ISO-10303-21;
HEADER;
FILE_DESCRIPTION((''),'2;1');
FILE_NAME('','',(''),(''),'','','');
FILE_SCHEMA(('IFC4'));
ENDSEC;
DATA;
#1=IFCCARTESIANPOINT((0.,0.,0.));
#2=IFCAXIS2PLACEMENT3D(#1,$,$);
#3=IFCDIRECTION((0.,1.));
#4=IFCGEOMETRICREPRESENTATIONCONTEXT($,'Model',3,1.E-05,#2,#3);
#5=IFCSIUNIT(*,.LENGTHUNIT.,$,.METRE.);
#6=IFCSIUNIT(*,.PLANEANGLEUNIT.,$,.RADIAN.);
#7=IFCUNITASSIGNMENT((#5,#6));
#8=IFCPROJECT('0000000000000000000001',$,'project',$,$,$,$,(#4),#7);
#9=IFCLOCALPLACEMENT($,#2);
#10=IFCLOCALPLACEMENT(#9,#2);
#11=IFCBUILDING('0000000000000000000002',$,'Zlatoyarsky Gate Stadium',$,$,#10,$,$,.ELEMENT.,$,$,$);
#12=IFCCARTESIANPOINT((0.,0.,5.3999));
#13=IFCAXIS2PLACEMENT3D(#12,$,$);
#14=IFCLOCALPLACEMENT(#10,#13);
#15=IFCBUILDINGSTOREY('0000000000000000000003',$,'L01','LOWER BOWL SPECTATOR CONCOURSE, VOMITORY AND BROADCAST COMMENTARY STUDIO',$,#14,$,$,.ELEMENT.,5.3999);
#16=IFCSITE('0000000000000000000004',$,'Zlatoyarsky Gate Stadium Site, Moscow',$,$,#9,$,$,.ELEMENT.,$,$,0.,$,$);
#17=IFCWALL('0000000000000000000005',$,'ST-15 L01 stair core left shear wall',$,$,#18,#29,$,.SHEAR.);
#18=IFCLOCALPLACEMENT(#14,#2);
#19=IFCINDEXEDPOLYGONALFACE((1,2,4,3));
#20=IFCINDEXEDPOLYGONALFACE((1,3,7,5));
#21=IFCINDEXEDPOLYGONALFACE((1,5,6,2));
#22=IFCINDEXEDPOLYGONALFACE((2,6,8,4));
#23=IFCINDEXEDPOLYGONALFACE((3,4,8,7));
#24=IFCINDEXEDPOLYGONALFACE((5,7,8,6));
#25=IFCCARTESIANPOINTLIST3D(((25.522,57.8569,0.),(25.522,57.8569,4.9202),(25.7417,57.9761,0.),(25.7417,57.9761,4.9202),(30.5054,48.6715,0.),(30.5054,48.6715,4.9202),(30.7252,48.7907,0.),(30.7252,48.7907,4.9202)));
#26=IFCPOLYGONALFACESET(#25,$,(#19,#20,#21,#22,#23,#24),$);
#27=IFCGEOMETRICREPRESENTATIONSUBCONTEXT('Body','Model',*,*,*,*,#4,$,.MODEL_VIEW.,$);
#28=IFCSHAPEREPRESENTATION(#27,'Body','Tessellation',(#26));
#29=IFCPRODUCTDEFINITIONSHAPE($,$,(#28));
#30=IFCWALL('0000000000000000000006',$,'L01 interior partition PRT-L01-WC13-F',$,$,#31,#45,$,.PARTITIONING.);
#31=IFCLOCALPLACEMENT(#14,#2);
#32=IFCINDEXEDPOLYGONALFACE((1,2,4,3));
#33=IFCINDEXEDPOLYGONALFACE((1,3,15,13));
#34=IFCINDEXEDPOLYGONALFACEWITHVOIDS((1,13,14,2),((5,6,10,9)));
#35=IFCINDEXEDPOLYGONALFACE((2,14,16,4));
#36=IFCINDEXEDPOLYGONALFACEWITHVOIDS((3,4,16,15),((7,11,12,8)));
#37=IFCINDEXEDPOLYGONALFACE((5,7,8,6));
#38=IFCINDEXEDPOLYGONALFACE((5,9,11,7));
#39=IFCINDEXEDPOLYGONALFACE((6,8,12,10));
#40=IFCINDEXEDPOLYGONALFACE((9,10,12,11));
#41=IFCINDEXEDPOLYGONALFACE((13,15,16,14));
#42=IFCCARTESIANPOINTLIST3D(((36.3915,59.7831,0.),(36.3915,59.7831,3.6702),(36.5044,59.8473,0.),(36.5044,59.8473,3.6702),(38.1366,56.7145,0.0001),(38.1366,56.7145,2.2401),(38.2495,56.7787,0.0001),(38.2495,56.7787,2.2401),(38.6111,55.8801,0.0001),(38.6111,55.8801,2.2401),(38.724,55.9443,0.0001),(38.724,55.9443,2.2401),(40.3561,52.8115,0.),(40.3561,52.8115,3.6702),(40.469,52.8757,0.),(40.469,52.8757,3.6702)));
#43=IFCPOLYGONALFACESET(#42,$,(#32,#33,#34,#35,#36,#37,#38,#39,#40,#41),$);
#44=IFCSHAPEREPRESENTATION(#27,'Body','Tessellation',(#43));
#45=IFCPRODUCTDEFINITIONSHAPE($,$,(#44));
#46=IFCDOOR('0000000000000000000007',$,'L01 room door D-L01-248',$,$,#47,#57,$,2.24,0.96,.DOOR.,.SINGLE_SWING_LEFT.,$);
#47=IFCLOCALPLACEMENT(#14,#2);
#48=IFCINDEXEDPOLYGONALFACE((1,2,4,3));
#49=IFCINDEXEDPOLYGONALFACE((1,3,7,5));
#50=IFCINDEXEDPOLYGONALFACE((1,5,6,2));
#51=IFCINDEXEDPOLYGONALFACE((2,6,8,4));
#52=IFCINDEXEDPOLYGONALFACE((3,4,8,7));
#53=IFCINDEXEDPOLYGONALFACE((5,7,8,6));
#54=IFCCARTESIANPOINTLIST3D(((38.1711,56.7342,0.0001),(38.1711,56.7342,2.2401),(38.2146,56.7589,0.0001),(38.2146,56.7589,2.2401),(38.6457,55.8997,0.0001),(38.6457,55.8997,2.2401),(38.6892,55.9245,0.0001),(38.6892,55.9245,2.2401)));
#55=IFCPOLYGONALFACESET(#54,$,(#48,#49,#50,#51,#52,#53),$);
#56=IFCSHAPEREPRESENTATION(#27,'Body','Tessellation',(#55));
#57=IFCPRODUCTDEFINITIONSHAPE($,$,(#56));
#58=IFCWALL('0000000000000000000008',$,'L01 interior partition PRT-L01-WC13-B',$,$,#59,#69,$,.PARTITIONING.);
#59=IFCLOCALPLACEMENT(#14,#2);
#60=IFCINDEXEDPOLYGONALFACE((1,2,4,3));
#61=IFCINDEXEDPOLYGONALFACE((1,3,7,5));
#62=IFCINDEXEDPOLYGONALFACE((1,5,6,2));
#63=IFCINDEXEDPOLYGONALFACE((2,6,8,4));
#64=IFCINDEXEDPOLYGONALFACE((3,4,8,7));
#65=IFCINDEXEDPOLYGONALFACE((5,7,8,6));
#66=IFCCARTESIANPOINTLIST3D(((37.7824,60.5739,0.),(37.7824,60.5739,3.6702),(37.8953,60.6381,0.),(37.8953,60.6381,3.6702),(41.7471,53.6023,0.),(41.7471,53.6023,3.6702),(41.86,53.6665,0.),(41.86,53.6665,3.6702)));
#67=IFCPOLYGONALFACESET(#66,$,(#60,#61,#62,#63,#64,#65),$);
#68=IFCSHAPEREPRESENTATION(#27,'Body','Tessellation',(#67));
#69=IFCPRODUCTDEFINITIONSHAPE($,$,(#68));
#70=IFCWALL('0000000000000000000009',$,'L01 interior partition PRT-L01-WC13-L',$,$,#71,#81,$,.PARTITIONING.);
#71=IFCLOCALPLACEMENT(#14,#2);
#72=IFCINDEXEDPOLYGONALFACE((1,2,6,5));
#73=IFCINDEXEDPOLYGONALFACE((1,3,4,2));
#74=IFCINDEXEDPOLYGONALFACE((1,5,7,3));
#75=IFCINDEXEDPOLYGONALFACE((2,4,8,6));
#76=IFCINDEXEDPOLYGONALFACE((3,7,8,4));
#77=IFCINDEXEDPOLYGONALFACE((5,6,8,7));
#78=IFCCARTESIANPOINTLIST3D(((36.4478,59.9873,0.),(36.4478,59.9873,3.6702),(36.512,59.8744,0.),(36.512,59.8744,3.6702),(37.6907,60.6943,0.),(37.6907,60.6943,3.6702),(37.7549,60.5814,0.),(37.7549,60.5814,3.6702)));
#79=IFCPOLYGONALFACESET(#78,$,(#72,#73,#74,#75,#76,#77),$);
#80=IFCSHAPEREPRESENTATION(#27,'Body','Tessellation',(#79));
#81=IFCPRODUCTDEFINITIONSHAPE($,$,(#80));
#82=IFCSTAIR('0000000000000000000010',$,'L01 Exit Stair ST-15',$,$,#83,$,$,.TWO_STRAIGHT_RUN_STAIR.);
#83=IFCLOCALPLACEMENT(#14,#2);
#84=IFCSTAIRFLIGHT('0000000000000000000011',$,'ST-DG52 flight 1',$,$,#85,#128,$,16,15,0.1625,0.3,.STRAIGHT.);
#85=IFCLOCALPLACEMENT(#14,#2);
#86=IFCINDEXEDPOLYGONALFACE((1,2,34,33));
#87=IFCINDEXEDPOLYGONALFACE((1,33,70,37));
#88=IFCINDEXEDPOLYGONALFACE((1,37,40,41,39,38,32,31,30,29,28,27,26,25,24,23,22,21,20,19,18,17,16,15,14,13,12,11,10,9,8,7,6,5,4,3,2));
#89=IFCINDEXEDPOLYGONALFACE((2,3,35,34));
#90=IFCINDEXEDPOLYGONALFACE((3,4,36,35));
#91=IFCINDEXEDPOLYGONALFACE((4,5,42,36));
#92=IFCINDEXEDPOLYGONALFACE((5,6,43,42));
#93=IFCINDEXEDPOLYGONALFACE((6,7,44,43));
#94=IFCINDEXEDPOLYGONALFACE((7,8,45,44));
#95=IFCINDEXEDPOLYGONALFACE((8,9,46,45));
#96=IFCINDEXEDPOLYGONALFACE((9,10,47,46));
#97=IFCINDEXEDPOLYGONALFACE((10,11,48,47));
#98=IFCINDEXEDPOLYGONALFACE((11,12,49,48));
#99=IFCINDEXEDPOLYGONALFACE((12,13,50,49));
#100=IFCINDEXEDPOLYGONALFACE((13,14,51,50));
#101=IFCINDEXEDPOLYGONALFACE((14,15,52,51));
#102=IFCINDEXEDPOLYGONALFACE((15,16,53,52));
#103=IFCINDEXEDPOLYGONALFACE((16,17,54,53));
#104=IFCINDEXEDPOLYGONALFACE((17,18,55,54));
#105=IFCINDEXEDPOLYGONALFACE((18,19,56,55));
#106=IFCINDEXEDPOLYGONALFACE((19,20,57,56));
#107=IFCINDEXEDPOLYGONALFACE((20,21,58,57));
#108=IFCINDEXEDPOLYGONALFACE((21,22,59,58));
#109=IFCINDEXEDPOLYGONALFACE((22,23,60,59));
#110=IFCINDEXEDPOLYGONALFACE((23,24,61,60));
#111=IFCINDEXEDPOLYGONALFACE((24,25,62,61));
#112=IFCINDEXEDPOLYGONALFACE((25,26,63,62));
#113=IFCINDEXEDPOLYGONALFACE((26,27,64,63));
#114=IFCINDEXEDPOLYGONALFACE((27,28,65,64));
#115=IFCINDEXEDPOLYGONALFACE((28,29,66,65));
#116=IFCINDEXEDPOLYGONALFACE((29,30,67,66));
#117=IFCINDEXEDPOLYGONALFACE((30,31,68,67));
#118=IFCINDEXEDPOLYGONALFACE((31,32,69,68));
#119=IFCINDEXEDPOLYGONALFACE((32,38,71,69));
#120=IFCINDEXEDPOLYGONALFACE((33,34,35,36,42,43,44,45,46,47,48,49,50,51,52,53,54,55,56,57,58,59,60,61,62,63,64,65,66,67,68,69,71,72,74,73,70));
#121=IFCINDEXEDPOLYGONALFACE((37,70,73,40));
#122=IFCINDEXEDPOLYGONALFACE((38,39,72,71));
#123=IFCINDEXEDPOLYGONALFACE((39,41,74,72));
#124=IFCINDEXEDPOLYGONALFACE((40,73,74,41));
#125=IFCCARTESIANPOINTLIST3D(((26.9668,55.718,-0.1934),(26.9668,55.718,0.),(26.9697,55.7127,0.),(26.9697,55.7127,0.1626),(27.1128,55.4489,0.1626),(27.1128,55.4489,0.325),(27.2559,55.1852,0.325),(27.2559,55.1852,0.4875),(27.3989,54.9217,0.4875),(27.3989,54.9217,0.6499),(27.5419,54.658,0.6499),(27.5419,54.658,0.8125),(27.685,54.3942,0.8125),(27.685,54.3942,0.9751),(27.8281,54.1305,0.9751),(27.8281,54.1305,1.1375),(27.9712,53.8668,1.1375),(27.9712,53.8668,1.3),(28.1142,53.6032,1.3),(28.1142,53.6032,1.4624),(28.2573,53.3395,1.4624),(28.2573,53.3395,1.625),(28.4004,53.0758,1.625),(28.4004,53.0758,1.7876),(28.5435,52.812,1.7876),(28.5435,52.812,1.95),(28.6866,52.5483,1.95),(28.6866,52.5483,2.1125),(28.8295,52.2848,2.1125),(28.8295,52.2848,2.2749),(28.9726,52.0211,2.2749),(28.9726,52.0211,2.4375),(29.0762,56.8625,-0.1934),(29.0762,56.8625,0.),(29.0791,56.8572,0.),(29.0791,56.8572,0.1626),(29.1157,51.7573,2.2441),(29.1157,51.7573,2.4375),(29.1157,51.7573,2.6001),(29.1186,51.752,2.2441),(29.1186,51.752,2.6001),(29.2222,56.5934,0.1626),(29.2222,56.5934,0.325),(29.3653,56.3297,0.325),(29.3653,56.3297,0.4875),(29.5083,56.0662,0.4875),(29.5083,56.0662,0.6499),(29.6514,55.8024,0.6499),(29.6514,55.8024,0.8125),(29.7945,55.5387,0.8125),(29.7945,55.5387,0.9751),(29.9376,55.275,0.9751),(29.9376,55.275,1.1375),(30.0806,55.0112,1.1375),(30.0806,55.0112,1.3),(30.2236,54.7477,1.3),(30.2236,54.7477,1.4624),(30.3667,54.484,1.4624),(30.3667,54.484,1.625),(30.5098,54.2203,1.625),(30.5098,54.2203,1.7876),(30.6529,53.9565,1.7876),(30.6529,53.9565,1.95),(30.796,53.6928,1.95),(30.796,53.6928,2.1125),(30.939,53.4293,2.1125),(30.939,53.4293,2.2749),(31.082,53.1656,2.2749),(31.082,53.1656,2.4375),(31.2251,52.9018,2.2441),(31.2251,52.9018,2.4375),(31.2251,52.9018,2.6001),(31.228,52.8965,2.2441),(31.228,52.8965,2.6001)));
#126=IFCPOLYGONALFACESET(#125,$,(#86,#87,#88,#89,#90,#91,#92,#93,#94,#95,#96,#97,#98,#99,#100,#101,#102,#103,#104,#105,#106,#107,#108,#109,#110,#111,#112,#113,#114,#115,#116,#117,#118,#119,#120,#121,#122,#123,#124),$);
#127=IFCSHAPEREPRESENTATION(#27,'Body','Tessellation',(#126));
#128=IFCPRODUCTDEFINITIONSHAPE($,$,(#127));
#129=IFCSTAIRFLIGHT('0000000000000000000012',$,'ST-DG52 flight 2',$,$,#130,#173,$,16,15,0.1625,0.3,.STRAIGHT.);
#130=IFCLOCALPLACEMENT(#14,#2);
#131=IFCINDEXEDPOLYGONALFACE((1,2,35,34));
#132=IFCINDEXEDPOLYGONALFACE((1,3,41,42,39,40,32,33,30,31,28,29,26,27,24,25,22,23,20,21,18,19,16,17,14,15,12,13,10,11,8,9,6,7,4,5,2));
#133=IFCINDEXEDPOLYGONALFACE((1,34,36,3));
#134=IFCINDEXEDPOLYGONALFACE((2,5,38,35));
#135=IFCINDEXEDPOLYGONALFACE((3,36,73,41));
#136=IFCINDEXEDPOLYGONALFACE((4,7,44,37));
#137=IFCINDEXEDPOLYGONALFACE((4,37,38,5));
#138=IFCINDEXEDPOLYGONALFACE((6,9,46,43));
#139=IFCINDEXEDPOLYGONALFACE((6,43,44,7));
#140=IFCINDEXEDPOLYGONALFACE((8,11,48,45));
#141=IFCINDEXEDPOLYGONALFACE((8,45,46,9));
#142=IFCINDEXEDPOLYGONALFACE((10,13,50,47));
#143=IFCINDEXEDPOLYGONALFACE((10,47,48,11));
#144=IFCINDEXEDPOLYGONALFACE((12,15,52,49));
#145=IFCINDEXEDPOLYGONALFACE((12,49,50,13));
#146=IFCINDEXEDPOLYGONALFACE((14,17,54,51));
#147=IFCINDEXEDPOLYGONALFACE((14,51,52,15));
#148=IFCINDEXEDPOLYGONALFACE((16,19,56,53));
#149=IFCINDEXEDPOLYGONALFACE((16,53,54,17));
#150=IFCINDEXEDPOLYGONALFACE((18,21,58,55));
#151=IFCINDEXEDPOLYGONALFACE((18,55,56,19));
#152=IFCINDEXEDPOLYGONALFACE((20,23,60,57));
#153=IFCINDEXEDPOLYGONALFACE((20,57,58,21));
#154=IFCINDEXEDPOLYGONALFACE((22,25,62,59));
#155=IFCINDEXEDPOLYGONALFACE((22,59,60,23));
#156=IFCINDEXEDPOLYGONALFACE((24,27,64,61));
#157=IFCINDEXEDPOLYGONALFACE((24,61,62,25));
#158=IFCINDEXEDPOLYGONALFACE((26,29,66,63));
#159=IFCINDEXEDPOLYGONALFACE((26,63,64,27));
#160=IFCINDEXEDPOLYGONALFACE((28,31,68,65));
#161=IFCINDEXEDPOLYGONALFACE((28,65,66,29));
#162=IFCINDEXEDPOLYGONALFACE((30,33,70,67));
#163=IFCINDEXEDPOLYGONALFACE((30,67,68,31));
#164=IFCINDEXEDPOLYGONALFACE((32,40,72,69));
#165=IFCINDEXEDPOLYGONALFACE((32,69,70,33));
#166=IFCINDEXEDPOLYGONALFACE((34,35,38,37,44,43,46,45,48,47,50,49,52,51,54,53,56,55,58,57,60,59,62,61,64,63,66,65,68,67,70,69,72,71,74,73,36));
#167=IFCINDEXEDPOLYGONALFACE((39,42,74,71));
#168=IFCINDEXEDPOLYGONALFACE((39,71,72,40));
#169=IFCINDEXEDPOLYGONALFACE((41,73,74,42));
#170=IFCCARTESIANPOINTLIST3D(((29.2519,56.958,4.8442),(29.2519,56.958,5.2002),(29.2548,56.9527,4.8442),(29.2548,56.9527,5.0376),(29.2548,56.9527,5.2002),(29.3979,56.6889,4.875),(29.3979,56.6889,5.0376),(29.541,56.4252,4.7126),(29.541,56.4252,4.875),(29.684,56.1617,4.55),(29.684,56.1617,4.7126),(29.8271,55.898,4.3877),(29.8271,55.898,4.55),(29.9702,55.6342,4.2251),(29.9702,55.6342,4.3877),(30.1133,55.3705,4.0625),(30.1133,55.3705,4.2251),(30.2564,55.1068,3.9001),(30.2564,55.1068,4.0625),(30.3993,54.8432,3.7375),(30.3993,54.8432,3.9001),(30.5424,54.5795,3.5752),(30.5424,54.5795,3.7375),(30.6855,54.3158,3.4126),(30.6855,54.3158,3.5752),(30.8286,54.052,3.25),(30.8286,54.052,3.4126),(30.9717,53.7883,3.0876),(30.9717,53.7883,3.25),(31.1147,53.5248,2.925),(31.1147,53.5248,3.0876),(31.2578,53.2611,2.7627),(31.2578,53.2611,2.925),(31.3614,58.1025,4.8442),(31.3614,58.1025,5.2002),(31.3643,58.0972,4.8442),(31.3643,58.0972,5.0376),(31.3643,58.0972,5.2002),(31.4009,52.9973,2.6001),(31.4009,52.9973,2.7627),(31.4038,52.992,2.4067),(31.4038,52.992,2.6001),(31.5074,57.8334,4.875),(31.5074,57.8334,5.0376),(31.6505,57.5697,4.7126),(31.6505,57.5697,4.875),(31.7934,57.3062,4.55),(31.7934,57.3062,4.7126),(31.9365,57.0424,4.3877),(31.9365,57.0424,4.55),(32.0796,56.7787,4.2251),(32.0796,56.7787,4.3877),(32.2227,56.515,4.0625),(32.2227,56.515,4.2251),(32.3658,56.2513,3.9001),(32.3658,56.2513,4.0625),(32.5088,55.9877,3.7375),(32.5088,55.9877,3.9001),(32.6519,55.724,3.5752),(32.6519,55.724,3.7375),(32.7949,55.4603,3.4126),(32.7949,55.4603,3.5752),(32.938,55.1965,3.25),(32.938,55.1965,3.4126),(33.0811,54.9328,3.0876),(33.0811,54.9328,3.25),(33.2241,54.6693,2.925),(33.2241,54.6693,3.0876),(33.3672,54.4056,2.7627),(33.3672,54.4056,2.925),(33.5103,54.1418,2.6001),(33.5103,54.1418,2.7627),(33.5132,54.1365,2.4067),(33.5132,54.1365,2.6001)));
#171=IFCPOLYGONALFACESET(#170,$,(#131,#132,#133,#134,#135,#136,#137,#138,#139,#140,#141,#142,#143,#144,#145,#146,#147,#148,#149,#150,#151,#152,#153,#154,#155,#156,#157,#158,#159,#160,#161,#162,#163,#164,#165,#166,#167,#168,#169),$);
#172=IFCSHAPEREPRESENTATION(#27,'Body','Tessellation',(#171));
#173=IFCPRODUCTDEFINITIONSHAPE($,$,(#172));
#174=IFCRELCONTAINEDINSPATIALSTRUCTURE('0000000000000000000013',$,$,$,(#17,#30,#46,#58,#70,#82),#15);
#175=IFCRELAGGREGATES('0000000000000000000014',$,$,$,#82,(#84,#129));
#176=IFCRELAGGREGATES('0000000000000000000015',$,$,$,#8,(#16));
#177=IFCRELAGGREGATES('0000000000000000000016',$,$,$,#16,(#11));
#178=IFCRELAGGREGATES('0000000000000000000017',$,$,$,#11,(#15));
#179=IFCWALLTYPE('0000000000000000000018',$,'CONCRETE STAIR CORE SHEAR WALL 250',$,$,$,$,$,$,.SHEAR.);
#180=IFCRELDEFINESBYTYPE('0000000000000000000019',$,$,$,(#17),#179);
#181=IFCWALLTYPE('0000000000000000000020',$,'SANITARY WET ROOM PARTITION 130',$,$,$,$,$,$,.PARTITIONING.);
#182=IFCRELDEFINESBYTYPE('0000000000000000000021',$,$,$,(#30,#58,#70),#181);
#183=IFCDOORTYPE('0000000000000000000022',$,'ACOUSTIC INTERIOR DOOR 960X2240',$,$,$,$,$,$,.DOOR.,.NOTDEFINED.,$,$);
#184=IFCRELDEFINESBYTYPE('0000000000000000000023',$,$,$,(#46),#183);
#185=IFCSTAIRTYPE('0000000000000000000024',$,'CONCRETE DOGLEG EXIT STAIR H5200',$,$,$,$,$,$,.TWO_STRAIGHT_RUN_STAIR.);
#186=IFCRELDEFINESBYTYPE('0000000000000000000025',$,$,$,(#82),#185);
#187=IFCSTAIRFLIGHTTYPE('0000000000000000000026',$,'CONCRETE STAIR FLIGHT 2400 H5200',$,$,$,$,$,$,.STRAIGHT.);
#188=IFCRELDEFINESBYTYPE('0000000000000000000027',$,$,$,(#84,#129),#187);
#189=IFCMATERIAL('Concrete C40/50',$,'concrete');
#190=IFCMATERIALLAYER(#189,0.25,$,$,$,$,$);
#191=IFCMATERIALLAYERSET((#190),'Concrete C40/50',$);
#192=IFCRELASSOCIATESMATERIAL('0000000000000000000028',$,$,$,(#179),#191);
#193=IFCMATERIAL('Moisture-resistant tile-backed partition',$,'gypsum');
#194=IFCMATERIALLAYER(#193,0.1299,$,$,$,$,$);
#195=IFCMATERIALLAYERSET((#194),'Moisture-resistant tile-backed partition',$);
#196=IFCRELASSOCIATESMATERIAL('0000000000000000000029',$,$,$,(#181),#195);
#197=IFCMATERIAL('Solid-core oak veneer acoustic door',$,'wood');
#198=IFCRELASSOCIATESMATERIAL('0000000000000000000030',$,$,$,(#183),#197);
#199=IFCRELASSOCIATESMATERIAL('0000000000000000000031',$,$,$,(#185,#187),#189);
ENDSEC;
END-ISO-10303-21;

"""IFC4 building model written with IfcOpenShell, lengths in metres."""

from ifc_helpers import new_model, si_unit, direction, frame, frame_2d, origin, place, context, subcontext, project, spatial, polyline, rectangle, outline, extrude, material, layer, layer_set, type_object, element, fill, aggregate, save


model = new_model("IFC4")

# Units and contexts
model_context = context("Model", 3, precision=1e-05, world=origin(), true_north=direction((0.0, 1.0)))
body_context = subcontext(model_context, "Body", "Model", "MODEL_VIEW")
ifc_project = project(units=[si_unit("LENGTHUNIT", "METRE"), si_unit("PLANEANGLEUNIT", "RADIAN")], contexts=[model_context])

# Site, building, storey
site_placement = place(None, origin())
site = spatial("IfcSite", under=ifc_project, at=site_placement, Name="Zlatoyarsky Gate Stadium Site, Moscow", CompositionType="ELEMENT", RefElevation=0.0)
building_placement = place(site_placement, origin())
building = spatial("IfcBuilding", under=site, at=building_placement, Name="Zlatoyarsky Gate Stadium", CompositionType="ELEMENT")
storey_placement = place(building_placement, frame((0.0, 0.0, 5.3999)))
storey = spatial("IfcBuildingStorey", under=building, at=storey_placement, Name="L01", Description="LOWER BOWL SPECTATOR CONCOURSE, VOMITORY AND BROADCAST COMMENTARY STUDIO", CompositionType="ELEMENT", Elevation=5.3999)

# Shared definitions
ifc_material_1 = material(Name="Concrete C40/50", Category="concrete")

# Shared definitions
ifc_layer_1 = layer(ifc_material_1, 0.25)
ifc_layer_set_1 = layer_set([ifc_layer_1], Name="Concrete C40/50")
wall_type_1 = type_object("IfcWallType", Name="CONCRETE STAIR CORE SHEAR WALL 250", PredefinedType="SHEAR", material=ifc_layer_set_1)

# Wall
wall_1_placement = place(storey_placement, frame((25.6318, 57.9165, 0.0), z_axis=(0.0, 0.0, 1.0), x_axis=(0.476877, -0.87897, 0.0)))
element("IfcWall", 1, at=wall_1_placement, inside=storey, type_object=wall_type_1, Name="ST-15 L01 stair core left shear wall", PredefinedType="SHEAR", context=body_context, shape_type="SweptSolid", body=[
    extrude(rectangle(XDim=10.4502, YDim=0.25, at=frame_2d((5.2251, 0.0))), origin(), (0.0, 0.0, 1.0), 4.9202),
])

# Wall, opening, door
ifc_material_2 = material(Name="Moisture-resistant tile-backed partition", Category="gypsum")
ifc_layer_2 = layer(ifc_material_2, 0.1299)
ifc_layer_set_2 = layer_set([ifc_layer_2], Name="Moisture-resistant tile-backed partition")
wall_type_2 = type_object("IfcWallType", Name="SANITARY WET ROOM PARTITION 130", PredefinedType="PARTITIONING", material=ifc_layer_set_2)
wall_2_placement = place(storey_placement, frame((36.448, 59.8152, 0.0), z_axis=(0.0, 0.0, 1.0), x_axis=(0.494332, -0.869273, 0.0)))
wall_2 = element("IfcWall", 2, at=wall_2_placement, inside=storey, type_object=wall_type_2, Name="L01 interior partition PRT-L01-WC13-F", PredefinedType="PARTITIONING", context=body_context, shape_type="SweptSolid", body=[
    extrude(rectangle(XDim=8.02, YDim=0.1299, at=frame_2d((4.01, 0.0))), origin(), (0.0, 0.0, 1.0), 3.6702),
])
opening_1_placement = place(wall_2_placement, frame((3.53, 0.0, 0.0)))
opening_1 = element("IfcOpeningElement", 3, at=opening_1_placement, cuts=wall_2, PredefinedType="OPENING", context=body_context, shape_type="SweptSolid", body=[
    extrude(rectangle(XDim=0.96, YDim=2.24, at=frame_2d((0.48, 1.1201))), frame((0.0, 0.075, 0.0), z_axis=(0.0, -1.0, 0.0), x_axis=(1.0, 0.0, 0.0)), (0.0, 0.0, 1.0), 0.1499),
])
ifc_material_3 = material(Name="Solid-core oak veneer acoustic door", Category="wood")
door_type_1 = type_object("IfcDoorType", Name="ACOUSTIC INTERIOR DOOR 960X2240", OperationType="NOTDEFINED", PredefinedType="DOOR", material=ifc_material_3)
door_1_placement = place(opening_1_placement, origin())
door_1 = element("IfcDoor", 4, at=door_1_placement, inside=storey, type_object=door_type_1, Name="L01 room door D-L01-248", OperationType="SINGLE_SWING_LEFT", OverallHeight=2.24, OverallWidth=0.96, PredefinedType="DOOR", context=body_context, shape_type="SweptSolid", body=[
    extrude(rectangle(XDim=0.96, YDim=2.24, at=frame_2d((0.48, 1.1201))), frame((0.0, 0.0249, 0.0), z_axis=(0.0, -1.0, 0.0), x_axis=(1.0, 0.0, 0.0)), (0.0, 0.0, 1.0), 0.05),
])
fill(opening_1, door_1)

# Walls
wall_3_placement = place(storey_placement, frame((37.8389, 60.606, 0.0), z_axis=(0.0, 0.0, 1.0), x_axis=(0.494345, -0.869266, 0.0)))
element("IfcWall", 5, at=wall_3_placement, inside=storey, type_object=wall_type_2, Name="L01 interior partition PRT-L01-WC13-B", PredefinedType="PARTITIONING", context=body_context, shape_type="SweptSolid", body=[
    extrude(rectangle(XDim=8.02, YDim=0.1299, at=frame_2d((4.01, 0.0))), origin(), (0.0, 0.0, 1.0), 3.6702),
])
wall_4_placement = place(storey_placement, frame((36.48, 59.9309, 0.0), z_axis=(0.0, 0.0, 1.0), x_axis=(0.869208, 0.494446, 0.0)))
element("IfcWall", 6, at=wall_4_placement, inside=storey, type_object=wall_type_2, Name="L01 interior partition PRT-L01-WC13-L", PredefinedType="PARTITIONING", context=body_context, shape_type="SweptSolid", body=[
    extrude(rectangle(XDim=1.4299, YDim=0.1299, at=frame_2d((0.7148, 0.0))), origin(), (0.0, 0.0, 1.0), 3.6702),
])

# Stair, stair flights
stair_type = type_object("IfcStairType", Name="CONCRETE DOGLEG EXIT STAIR H5200", PredefinedType="TWO_STRAIGHT_RUN_STAIR", material=ifc_material_1)
stair_placement = place(storey_placement, origin())
stair = element("IfcStair", 7, at=stair_placement, inside=storey, type_object=stair_type, Name="L01 Exit Stair ST-15", PredefinedType="TWO_STRAIGHT_RUN_STAIR")
stair_flight_type = type_object("IfcStairFlightType", Name="CONCRETE STAIR FLIGHT 2400 H5200", PredefinedType="STRAIGHT", material=ifc_material_1)
stair_flight_1_placement = place(storey_placement, frame((28.0244, 56.2849, 0.0), z_axis=(0.0, 0.0, 1.0), x_axis=(0.47689, -0.878963, 0.0)))
stair_flight_1 = element("IfcStairFlight", 8, at=stair_flight_1_placement, type_object=stair_flight_type, Name="ST-DG52 flight 1", NumberOfRisers=16, NumberOfTreads=15, PredefinedType="STRAIGHT", RiserHeight=0.1625, TreadLength=0.3, context=body_context, shape_type="SweptSolid", body=[
    extrude(outline(polyline([(-0.0061, -0.1934), (-0.0061, 0.0), (0.0, 0.0), (0.0, 0.1626), (0.3, 0.1626), (0.3, 0.325), (0.6001, 0.325), (0.6001, 0.4875), (0.8999, 0.4875), (0.8999, 0.6499), (1.2, 0.6499), (1.2, 0.8125), (1.5, 0.8125), (1.5, 0.9751), (1.8, 0.9751), (1.8, 1.1375), (2.1001, 1.1375), (2.1001, 1.3), (2.3999, 1.3), (2.3999, 1.4624), (2.7, 1.4624), (2.7, 1.625), (3.0, 1.625), (3.0, 1.7876), (3.3, 1.7876), (3.3, 1.95), (3.6001, 1.95), (3.6001, 2.1125), (3.8999, 2.1125), (3.8999, 2.2749), (4.2, 2.2749), (4.2, 2.4375), (4.5, 2.4375), (4.5, 2.6001), (4.5061, 2.6001), (4.5061, 2.2441), (4.5, 2.2441), (-0.0061, -0.1934)])), frame((0.0, 1.2, 0.0), z_axis=(0.0, -1.0, 0.0), x_axis=(1.0, 0.0, 0.0)), (0.0, 0.0, 1.0), 2.3999),
])
stair_flight_2_placement = place(storey_placement, frame((32.4556, 53.5696, 2.6001), z_axis=(0.0, 0.0, 1.0), x_axis=(-0.47689, 0.878963, 0.0)))
stair_flight_2 = element("IfcStairFlight", 9, at=stair_flight_2_placement, type_object=stair_flight_type, Name="ST-DG52 flight 2", NumberOfRisers=16, NumberOfTreads=15, PredefinedType="STRAIGHT", RiserHeight=0.1625, TreadLength=0.3, context=body_context, shape_type="SweptSolid", body=[
    extrude(outline(polyline([(-0.0061, -0.1934), (-0.0061, 0.0), (0.0, 0.0), (0.0, 0.1626), (0.3, 0.1626), (0.3, 0.325), (0.6001, 0.325), (0.6001, 0.4875), (0.8999, 0.4875), (0.8999, 0.6499), (1.2, 0.6499), (1.2, 0.8125), (1.5, 0.8125), (1.5, 0.9751), (1.8, 0.9751), (1.8, 1.1375), (2.1001, 1.1375), (2.1001, 1.3), (2.3999, 1.3), (2.3999, 1.4624), (2.7, 1.4624), (2.7, 1.625), (3.0, 1.625), (3.0, 1.7876), (3.3, 1.7876), (3.3, 1.95), (3.6001, 1.95), (3.6001, 2.1125), (3.8999, 2.1125), (3.8999, 2.2749), (4.2, 2.2749), (4.2, 2.4375), (4.5, 2.4375), (4.5, 2.6001), (4.5061, 2.6001), (4.5061, 2.2441), (4.5, 2.2441), (-0.0061, -0.1934)])), frame((0.0, 1.2, 0.0), z_axis=(0.0, -1.0, 0.0), x_axis=(1.0, 0.0, 0.0)), (0.0, 0.0, 1.0), 2.3999),
])
aggregate(stair, [stair_flight_1, stair_flight_2])

save(model, "model.ifc")
